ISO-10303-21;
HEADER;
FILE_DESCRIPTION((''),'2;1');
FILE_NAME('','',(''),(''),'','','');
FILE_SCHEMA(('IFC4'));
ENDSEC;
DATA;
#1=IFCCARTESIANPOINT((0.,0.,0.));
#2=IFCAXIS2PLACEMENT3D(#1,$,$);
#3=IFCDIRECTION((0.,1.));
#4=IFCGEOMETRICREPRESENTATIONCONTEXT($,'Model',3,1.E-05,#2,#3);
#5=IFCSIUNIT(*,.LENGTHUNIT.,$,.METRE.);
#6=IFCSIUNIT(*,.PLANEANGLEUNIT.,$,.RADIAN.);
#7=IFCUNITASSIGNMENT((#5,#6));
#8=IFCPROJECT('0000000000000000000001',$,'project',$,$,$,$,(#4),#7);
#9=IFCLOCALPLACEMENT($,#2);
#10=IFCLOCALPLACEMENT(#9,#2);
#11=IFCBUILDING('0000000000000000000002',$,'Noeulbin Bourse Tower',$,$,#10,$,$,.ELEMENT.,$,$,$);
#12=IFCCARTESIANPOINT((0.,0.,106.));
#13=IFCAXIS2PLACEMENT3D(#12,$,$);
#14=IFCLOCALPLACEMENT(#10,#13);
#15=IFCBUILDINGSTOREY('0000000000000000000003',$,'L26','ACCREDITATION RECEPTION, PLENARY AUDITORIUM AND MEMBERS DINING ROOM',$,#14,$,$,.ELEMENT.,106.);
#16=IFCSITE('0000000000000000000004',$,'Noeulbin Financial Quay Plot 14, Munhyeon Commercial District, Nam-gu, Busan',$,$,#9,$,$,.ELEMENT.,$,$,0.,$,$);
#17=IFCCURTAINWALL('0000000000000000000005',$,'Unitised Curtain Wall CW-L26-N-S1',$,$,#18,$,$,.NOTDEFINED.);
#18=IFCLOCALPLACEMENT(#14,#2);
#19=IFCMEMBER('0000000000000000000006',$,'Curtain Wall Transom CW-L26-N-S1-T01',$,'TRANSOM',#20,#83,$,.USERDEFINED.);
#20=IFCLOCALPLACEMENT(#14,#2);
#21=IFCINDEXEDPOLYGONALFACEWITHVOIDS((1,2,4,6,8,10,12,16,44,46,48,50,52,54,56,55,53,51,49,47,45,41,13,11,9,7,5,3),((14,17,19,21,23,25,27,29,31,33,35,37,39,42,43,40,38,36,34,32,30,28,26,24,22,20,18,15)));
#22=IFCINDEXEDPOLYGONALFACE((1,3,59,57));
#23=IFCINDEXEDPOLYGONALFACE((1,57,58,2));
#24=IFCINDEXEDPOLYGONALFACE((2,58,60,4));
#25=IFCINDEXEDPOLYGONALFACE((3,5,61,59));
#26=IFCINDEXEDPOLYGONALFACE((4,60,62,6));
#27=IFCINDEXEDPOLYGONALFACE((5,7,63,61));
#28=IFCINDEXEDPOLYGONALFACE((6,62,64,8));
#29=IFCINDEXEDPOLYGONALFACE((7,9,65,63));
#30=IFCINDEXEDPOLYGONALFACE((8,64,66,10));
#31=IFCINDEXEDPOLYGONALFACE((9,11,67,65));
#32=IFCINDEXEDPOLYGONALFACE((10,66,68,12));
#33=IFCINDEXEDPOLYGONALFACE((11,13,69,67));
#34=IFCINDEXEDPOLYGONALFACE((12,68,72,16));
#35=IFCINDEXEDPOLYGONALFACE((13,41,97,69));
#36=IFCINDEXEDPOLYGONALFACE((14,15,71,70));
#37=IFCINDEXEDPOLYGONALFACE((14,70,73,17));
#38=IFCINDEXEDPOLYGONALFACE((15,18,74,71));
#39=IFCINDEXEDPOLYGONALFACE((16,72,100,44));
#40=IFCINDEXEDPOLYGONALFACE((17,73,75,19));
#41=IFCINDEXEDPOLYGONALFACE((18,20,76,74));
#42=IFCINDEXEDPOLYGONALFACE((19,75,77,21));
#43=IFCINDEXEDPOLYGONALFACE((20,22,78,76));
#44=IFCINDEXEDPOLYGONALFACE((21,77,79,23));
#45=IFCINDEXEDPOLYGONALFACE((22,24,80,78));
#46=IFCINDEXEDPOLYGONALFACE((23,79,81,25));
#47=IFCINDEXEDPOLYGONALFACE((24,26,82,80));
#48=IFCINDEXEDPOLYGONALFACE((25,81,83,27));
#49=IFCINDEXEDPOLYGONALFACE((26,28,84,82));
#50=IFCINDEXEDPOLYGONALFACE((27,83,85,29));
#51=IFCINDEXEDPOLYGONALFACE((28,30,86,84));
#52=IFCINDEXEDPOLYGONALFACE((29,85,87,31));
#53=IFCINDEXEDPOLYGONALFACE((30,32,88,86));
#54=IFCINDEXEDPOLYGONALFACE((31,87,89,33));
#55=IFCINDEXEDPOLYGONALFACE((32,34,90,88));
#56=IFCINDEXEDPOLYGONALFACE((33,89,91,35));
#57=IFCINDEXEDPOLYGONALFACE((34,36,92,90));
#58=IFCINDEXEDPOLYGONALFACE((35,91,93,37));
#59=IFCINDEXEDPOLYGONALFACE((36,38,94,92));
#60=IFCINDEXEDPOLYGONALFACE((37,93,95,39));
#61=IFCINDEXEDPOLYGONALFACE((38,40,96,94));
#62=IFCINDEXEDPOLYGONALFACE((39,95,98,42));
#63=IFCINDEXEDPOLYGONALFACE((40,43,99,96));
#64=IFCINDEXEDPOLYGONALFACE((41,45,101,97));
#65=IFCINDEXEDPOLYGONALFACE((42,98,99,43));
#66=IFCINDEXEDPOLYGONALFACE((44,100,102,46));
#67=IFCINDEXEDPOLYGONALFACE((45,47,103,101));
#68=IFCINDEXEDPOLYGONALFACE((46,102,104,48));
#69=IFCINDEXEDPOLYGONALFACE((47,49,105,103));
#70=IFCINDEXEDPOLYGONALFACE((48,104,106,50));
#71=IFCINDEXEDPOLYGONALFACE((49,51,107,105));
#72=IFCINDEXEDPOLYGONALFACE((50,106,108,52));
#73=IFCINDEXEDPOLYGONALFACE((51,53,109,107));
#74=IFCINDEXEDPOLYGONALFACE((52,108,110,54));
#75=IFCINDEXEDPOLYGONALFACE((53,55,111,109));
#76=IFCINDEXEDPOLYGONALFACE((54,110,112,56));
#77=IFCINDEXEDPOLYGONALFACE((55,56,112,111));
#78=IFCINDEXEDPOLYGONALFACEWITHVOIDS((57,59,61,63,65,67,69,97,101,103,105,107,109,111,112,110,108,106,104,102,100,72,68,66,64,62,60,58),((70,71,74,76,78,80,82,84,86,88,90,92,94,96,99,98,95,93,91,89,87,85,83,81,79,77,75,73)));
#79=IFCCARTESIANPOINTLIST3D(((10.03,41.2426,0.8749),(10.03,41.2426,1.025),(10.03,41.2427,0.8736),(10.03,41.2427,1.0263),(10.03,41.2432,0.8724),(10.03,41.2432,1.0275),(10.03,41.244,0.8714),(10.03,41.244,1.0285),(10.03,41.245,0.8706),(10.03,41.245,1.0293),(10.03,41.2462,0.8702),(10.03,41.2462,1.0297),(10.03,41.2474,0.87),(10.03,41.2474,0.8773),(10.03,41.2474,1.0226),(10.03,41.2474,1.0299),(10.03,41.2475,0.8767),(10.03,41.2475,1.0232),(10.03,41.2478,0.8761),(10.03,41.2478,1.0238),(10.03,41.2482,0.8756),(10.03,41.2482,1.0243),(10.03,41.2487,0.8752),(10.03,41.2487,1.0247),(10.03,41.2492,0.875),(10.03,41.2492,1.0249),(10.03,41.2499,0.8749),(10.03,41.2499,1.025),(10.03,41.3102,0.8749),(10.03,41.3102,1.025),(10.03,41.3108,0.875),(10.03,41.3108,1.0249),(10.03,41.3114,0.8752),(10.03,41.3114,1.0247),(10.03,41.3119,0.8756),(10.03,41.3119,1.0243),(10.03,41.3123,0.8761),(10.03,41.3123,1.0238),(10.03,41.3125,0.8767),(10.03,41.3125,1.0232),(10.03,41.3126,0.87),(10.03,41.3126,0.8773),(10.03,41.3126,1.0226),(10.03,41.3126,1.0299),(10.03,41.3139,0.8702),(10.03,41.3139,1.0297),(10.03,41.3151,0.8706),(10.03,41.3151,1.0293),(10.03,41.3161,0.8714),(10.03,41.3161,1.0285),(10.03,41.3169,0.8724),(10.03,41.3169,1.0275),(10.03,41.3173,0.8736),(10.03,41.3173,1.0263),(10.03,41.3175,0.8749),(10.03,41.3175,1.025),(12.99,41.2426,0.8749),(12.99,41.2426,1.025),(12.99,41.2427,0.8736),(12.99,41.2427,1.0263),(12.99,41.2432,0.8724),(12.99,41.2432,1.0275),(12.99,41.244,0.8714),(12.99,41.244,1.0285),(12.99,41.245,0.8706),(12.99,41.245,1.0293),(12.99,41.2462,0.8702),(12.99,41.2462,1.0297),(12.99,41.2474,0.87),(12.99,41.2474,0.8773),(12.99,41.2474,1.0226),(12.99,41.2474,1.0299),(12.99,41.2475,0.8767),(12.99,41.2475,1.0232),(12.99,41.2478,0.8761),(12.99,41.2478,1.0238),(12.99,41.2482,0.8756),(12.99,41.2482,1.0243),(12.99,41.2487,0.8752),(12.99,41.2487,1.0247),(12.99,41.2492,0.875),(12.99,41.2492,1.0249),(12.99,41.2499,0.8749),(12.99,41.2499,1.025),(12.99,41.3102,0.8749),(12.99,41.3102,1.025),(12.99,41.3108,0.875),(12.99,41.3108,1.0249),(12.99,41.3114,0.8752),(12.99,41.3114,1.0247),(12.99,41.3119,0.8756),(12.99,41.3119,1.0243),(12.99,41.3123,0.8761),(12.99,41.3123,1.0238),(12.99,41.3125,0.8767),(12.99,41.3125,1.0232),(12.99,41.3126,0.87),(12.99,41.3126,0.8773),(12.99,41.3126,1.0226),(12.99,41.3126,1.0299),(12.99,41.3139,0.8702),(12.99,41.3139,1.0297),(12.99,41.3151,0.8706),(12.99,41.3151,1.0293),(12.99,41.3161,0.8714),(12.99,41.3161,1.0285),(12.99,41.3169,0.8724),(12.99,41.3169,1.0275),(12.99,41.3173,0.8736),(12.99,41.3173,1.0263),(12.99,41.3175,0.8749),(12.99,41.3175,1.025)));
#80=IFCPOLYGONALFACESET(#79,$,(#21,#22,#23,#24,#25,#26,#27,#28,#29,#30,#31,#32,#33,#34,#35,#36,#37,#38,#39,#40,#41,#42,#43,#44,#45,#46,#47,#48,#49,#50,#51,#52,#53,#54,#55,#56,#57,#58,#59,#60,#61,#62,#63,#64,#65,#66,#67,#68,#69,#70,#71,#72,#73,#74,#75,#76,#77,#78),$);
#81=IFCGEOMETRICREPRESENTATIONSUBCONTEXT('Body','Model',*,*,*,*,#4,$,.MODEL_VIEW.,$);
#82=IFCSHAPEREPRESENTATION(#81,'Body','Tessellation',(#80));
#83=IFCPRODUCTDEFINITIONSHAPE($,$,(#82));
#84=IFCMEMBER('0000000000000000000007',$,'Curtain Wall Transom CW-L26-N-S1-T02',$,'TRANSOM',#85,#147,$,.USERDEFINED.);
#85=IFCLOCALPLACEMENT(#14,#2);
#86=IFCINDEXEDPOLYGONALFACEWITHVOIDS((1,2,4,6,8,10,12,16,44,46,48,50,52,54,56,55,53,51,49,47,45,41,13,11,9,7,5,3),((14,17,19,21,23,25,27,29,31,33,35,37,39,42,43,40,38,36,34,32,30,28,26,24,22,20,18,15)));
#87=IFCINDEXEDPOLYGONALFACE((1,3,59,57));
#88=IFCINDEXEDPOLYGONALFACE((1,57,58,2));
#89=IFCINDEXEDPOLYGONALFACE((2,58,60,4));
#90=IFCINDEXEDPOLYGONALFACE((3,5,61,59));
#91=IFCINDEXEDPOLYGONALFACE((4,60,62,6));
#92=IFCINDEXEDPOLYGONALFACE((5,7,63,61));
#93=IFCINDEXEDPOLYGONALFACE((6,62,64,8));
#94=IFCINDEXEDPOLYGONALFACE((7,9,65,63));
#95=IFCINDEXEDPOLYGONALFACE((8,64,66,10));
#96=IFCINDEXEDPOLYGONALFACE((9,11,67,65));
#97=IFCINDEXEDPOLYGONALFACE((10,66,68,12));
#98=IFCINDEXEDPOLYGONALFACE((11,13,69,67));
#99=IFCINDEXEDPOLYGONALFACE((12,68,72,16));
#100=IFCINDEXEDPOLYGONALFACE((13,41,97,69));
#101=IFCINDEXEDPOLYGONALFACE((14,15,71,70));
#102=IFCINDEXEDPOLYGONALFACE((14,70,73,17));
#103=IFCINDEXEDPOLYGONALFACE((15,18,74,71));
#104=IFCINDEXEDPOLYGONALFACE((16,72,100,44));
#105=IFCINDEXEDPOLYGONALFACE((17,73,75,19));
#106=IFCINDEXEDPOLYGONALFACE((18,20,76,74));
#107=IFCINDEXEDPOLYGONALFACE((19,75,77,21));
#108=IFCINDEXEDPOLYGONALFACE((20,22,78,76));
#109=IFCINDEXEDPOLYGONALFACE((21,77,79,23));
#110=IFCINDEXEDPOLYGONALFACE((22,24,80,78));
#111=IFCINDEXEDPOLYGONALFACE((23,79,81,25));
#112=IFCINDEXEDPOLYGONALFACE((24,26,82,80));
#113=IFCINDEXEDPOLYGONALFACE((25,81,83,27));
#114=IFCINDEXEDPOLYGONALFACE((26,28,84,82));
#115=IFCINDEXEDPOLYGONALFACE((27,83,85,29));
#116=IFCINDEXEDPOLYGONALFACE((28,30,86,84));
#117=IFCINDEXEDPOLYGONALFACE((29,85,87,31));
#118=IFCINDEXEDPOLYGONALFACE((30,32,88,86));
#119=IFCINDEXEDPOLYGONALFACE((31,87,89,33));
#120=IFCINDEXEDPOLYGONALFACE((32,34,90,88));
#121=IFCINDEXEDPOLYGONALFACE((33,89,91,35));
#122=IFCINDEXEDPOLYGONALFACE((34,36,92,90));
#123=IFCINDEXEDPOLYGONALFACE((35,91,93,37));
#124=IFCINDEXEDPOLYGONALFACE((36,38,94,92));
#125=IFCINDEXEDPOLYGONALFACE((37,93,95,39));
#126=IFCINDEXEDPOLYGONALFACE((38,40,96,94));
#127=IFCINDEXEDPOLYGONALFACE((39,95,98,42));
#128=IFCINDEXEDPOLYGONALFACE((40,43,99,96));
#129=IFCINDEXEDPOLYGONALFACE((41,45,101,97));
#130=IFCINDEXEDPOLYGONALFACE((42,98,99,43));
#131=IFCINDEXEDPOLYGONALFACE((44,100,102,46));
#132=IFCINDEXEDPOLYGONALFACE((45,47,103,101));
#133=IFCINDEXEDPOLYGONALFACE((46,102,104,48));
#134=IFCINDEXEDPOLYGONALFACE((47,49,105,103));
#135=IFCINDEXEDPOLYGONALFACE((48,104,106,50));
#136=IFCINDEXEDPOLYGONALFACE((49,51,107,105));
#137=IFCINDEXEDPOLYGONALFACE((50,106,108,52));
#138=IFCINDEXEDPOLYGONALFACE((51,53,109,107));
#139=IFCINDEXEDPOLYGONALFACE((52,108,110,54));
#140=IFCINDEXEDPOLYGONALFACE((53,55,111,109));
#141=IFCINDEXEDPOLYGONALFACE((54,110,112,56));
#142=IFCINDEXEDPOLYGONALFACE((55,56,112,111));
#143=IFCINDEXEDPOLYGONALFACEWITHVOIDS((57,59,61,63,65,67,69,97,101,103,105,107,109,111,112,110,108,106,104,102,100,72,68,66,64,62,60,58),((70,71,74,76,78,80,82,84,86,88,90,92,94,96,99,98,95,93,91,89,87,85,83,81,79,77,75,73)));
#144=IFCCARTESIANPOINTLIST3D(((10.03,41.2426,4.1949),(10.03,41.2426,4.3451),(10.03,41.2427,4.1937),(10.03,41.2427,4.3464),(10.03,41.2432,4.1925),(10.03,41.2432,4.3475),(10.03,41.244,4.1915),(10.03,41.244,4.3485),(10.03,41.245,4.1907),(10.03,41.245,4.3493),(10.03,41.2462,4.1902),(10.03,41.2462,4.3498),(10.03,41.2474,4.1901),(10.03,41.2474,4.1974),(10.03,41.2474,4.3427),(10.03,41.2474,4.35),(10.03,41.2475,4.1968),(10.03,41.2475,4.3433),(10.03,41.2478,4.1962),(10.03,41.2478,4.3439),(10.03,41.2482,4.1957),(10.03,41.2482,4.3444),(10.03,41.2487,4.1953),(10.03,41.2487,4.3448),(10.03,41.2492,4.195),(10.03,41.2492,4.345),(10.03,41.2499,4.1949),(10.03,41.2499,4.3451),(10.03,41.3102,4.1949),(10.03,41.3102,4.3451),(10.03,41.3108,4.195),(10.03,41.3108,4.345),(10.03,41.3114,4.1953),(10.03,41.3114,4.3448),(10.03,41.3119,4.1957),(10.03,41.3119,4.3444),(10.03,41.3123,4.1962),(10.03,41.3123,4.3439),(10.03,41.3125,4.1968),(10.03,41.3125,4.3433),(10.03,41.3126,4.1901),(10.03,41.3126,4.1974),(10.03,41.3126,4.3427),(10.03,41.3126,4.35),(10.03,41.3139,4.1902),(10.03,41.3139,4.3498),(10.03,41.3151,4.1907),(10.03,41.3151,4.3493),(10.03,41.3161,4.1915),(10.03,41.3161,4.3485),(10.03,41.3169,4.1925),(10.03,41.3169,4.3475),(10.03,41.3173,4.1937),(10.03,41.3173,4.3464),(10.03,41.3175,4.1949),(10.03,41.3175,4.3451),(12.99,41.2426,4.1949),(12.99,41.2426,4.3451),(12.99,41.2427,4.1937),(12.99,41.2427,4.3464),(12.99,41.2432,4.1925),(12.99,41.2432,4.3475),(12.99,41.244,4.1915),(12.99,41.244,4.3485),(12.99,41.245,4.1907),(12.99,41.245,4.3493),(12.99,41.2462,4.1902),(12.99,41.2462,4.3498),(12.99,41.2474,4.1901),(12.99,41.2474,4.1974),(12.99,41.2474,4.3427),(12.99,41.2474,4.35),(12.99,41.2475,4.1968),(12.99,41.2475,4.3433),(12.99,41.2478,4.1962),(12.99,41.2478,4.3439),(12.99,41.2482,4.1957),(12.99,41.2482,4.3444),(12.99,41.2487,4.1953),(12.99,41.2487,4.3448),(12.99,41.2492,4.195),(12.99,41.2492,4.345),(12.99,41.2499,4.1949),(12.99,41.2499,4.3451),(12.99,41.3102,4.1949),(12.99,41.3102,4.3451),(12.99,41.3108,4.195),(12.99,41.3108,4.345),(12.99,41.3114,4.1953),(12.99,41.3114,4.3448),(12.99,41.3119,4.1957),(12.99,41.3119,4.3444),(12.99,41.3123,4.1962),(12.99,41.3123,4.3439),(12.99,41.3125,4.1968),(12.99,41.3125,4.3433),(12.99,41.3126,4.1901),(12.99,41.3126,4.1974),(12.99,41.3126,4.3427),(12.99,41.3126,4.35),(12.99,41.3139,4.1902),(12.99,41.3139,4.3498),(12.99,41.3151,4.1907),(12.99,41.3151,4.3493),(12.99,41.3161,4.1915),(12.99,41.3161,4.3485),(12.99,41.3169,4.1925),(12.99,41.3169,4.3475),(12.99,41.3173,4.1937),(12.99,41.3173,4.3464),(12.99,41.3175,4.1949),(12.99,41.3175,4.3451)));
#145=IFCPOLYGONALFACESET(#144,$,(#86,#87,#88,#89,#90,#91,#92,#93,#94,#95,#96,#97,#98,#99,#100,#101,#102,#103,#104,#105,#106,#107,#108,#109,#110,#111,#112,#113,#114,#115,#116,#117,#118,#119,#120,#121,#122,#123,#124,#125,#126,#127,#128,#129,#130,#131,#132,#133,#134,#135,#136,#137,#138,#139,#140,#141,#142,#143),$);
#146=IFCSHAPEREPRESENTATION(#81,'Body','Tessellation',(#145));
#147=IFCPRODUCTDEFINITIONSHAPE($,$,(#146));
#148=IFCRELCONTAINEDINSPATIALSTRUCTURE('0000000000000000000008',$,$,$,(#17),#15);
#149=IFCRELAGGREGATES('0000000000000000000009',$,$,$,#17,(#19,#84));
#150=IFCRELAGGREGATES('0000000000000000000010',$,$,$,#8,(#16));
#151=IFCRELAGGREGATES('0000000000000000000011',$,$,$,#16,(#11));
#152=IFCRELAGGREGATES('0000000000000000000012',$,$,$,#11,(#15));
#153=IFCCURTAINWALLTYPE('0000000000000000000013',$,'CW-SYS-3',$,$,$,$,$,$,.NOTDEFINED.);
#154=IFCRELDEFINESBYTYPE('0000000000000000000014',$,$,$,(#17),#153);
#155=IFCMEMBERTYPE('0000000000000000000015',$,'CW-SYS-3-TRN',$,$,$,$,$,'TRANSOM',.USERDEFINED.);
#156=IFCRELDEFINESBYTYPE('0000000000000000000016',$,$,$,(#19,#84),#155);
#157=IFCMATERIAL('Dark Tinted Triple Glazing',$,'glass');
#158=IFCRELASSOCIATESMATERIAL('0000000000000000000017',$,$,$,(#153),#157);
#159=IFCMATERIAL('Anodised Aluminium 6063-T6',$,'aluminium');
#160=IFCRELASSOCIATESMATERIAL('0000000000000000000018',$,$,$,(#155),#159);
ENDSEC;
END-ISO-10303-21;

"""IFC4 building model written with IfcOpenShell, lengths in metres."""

from ifc_helpers import new_model, si_unit, direction, frame, origin, origin_2d, place, context, subcontext, project, spatial, hollow_rectangle, extrude, material, material_profile, profile_set, type_object, element, aggregate, save


model = new_model("IFC4")

# Units and contexts
model_context = context("Model", 3, precision=1e-05, world=origin(), true_north=direction((0.0, 1.0)))
body_context = subcontext(model_context, "Body", "Model", "MODEL_VIEW")
ifc_project = project(units=[si_unit("LENGTHUNIT", "METRE"), si_unit("PLANEANGLEUNIT", "RADIAN")], contexts=[model_context])

# Site, building, storey
site_placement = place(None, origin())
site = spatial("IfcSite", under=ifc_project, at=site_placement, Name="Noeulbin Financial Quay Plot 14, Munhyeon Commercial District, Nam-gu, Busan", CompositionType="ELEMENT", RefElevation=0.0)
building_placement = place(site_placement, origin())
building = spatial("IfcBuilding", under=site, at=building_placement, Name="Noeulbin Bourse Tower", CompositionType="ELEMENT")
storey_placement = place(building_placement, frame((0.0, 0.0, 106.0)))
storey = spatial("IfcBuildingStorey", under=building, at=storey_placement, Name="L26", Description="ACCREDITATION RECEPTION, PLENARY AUDITORIUM AND MEMBERS DINING ROOM", CompositionType="ELEMENT", Elevation=106.0)

# Curtain wall
ifc_material_1 = material(Name="Dark Tinted Triple Glazing", Category="glass")
curtain_wall_type = type_object("IfcCurtainWallType", Name="CW-SYS-3", PredefinedType="NOTDEFINED", material=ifc_material_1)
curtain_wall_1_placement = place(storey_placement, origin())
curtain_wall_1 = element("IfcCurtainWall", 1, at=curtain_wall_1_placement, inside=storey, type_object=curtain_wall_type, Name="Unitised Curtain Wall CW-L26-N-S1", PredefinedType="NOTDEFINED")
ifc_material_2 = material(Name="Anodised Aluminium 6063-T6", Category="aluminium")

# Members
ifc_material_profile_1 = material_profile(ifc_material_2, hollow_rectangle(XDim=0.075, YDim=0.1599, WallThickness=0.0049, InnerFilletRadius=0.0024, OuterFilletRadius=0.0049, at=origin_2d()), Name="ALU-TRAN-75x160x5", Category="LoadBearing")
ifc_profile_set_1 = profile_set([ifc_material_profile_1], Name="Anodised Aluminium 6063-T6")
member_type_1 = type_object("IfcMemberType", Name="CW-SYS-3-TRN", ElementType="TRANSOM", PredefinedType="USERDEFINED", material=ifc_profile_set_1)
member_1_placement = place(storey_placement, frame((10.03, 41.28, 0.95), z_axis=(1.0, 0.0, 0.0), x_axis=(0.0, 1.0, 0.0)))
member_1 = element("IfcMember", 2, at=member_1_placement, type_object=member_type_1, Name="Curtain Wall Transom CW-L26-N-S1-T01", ObjectType="TRANSOM", PredefinedType="USERDEFINED", context=body_context, shape_type="SweptSolid", body=[
    extrude(hollow_rectangle(XDim=0.075, YDim=0.1599, WallThickness=0.0049, InnerFilletRadius=0.0024, OuterFilletRadius=0.0049, at=origin_2d()), origin(), (0.0, 0.0, 1.0), 2.96),
])
member_2_placement = place(storey_placement, frame((10.03, 41.28, 4.27), z_axis=(1.0, 0.0, 0.0), x_axis=(0.0, 1.0, 0.0)))
member_2 = element("IfcMember", 3, at=member_2_placement, type_object=member_type_1, Name="Curtain Wall Transom CW-L26-N-S1-T02", ObjectType="TRANSOM", PredefinedType="USERDEFINED", context=body_context, shape_type="SweptSolid", body=[
    extrude(hollow_rectangle(XDim=0.075, YDim=0.1599, WallThickness=0.0049, InnerFilletRadius=0.0024, OuterFilletRadius=0.0049, at=origin_2d()), origin(), (0.0, 0.0, 1.0), 2.96),
])

aggregate(curtain_wall_1, [member_1, member_2])

save(model, "model.ifc")
